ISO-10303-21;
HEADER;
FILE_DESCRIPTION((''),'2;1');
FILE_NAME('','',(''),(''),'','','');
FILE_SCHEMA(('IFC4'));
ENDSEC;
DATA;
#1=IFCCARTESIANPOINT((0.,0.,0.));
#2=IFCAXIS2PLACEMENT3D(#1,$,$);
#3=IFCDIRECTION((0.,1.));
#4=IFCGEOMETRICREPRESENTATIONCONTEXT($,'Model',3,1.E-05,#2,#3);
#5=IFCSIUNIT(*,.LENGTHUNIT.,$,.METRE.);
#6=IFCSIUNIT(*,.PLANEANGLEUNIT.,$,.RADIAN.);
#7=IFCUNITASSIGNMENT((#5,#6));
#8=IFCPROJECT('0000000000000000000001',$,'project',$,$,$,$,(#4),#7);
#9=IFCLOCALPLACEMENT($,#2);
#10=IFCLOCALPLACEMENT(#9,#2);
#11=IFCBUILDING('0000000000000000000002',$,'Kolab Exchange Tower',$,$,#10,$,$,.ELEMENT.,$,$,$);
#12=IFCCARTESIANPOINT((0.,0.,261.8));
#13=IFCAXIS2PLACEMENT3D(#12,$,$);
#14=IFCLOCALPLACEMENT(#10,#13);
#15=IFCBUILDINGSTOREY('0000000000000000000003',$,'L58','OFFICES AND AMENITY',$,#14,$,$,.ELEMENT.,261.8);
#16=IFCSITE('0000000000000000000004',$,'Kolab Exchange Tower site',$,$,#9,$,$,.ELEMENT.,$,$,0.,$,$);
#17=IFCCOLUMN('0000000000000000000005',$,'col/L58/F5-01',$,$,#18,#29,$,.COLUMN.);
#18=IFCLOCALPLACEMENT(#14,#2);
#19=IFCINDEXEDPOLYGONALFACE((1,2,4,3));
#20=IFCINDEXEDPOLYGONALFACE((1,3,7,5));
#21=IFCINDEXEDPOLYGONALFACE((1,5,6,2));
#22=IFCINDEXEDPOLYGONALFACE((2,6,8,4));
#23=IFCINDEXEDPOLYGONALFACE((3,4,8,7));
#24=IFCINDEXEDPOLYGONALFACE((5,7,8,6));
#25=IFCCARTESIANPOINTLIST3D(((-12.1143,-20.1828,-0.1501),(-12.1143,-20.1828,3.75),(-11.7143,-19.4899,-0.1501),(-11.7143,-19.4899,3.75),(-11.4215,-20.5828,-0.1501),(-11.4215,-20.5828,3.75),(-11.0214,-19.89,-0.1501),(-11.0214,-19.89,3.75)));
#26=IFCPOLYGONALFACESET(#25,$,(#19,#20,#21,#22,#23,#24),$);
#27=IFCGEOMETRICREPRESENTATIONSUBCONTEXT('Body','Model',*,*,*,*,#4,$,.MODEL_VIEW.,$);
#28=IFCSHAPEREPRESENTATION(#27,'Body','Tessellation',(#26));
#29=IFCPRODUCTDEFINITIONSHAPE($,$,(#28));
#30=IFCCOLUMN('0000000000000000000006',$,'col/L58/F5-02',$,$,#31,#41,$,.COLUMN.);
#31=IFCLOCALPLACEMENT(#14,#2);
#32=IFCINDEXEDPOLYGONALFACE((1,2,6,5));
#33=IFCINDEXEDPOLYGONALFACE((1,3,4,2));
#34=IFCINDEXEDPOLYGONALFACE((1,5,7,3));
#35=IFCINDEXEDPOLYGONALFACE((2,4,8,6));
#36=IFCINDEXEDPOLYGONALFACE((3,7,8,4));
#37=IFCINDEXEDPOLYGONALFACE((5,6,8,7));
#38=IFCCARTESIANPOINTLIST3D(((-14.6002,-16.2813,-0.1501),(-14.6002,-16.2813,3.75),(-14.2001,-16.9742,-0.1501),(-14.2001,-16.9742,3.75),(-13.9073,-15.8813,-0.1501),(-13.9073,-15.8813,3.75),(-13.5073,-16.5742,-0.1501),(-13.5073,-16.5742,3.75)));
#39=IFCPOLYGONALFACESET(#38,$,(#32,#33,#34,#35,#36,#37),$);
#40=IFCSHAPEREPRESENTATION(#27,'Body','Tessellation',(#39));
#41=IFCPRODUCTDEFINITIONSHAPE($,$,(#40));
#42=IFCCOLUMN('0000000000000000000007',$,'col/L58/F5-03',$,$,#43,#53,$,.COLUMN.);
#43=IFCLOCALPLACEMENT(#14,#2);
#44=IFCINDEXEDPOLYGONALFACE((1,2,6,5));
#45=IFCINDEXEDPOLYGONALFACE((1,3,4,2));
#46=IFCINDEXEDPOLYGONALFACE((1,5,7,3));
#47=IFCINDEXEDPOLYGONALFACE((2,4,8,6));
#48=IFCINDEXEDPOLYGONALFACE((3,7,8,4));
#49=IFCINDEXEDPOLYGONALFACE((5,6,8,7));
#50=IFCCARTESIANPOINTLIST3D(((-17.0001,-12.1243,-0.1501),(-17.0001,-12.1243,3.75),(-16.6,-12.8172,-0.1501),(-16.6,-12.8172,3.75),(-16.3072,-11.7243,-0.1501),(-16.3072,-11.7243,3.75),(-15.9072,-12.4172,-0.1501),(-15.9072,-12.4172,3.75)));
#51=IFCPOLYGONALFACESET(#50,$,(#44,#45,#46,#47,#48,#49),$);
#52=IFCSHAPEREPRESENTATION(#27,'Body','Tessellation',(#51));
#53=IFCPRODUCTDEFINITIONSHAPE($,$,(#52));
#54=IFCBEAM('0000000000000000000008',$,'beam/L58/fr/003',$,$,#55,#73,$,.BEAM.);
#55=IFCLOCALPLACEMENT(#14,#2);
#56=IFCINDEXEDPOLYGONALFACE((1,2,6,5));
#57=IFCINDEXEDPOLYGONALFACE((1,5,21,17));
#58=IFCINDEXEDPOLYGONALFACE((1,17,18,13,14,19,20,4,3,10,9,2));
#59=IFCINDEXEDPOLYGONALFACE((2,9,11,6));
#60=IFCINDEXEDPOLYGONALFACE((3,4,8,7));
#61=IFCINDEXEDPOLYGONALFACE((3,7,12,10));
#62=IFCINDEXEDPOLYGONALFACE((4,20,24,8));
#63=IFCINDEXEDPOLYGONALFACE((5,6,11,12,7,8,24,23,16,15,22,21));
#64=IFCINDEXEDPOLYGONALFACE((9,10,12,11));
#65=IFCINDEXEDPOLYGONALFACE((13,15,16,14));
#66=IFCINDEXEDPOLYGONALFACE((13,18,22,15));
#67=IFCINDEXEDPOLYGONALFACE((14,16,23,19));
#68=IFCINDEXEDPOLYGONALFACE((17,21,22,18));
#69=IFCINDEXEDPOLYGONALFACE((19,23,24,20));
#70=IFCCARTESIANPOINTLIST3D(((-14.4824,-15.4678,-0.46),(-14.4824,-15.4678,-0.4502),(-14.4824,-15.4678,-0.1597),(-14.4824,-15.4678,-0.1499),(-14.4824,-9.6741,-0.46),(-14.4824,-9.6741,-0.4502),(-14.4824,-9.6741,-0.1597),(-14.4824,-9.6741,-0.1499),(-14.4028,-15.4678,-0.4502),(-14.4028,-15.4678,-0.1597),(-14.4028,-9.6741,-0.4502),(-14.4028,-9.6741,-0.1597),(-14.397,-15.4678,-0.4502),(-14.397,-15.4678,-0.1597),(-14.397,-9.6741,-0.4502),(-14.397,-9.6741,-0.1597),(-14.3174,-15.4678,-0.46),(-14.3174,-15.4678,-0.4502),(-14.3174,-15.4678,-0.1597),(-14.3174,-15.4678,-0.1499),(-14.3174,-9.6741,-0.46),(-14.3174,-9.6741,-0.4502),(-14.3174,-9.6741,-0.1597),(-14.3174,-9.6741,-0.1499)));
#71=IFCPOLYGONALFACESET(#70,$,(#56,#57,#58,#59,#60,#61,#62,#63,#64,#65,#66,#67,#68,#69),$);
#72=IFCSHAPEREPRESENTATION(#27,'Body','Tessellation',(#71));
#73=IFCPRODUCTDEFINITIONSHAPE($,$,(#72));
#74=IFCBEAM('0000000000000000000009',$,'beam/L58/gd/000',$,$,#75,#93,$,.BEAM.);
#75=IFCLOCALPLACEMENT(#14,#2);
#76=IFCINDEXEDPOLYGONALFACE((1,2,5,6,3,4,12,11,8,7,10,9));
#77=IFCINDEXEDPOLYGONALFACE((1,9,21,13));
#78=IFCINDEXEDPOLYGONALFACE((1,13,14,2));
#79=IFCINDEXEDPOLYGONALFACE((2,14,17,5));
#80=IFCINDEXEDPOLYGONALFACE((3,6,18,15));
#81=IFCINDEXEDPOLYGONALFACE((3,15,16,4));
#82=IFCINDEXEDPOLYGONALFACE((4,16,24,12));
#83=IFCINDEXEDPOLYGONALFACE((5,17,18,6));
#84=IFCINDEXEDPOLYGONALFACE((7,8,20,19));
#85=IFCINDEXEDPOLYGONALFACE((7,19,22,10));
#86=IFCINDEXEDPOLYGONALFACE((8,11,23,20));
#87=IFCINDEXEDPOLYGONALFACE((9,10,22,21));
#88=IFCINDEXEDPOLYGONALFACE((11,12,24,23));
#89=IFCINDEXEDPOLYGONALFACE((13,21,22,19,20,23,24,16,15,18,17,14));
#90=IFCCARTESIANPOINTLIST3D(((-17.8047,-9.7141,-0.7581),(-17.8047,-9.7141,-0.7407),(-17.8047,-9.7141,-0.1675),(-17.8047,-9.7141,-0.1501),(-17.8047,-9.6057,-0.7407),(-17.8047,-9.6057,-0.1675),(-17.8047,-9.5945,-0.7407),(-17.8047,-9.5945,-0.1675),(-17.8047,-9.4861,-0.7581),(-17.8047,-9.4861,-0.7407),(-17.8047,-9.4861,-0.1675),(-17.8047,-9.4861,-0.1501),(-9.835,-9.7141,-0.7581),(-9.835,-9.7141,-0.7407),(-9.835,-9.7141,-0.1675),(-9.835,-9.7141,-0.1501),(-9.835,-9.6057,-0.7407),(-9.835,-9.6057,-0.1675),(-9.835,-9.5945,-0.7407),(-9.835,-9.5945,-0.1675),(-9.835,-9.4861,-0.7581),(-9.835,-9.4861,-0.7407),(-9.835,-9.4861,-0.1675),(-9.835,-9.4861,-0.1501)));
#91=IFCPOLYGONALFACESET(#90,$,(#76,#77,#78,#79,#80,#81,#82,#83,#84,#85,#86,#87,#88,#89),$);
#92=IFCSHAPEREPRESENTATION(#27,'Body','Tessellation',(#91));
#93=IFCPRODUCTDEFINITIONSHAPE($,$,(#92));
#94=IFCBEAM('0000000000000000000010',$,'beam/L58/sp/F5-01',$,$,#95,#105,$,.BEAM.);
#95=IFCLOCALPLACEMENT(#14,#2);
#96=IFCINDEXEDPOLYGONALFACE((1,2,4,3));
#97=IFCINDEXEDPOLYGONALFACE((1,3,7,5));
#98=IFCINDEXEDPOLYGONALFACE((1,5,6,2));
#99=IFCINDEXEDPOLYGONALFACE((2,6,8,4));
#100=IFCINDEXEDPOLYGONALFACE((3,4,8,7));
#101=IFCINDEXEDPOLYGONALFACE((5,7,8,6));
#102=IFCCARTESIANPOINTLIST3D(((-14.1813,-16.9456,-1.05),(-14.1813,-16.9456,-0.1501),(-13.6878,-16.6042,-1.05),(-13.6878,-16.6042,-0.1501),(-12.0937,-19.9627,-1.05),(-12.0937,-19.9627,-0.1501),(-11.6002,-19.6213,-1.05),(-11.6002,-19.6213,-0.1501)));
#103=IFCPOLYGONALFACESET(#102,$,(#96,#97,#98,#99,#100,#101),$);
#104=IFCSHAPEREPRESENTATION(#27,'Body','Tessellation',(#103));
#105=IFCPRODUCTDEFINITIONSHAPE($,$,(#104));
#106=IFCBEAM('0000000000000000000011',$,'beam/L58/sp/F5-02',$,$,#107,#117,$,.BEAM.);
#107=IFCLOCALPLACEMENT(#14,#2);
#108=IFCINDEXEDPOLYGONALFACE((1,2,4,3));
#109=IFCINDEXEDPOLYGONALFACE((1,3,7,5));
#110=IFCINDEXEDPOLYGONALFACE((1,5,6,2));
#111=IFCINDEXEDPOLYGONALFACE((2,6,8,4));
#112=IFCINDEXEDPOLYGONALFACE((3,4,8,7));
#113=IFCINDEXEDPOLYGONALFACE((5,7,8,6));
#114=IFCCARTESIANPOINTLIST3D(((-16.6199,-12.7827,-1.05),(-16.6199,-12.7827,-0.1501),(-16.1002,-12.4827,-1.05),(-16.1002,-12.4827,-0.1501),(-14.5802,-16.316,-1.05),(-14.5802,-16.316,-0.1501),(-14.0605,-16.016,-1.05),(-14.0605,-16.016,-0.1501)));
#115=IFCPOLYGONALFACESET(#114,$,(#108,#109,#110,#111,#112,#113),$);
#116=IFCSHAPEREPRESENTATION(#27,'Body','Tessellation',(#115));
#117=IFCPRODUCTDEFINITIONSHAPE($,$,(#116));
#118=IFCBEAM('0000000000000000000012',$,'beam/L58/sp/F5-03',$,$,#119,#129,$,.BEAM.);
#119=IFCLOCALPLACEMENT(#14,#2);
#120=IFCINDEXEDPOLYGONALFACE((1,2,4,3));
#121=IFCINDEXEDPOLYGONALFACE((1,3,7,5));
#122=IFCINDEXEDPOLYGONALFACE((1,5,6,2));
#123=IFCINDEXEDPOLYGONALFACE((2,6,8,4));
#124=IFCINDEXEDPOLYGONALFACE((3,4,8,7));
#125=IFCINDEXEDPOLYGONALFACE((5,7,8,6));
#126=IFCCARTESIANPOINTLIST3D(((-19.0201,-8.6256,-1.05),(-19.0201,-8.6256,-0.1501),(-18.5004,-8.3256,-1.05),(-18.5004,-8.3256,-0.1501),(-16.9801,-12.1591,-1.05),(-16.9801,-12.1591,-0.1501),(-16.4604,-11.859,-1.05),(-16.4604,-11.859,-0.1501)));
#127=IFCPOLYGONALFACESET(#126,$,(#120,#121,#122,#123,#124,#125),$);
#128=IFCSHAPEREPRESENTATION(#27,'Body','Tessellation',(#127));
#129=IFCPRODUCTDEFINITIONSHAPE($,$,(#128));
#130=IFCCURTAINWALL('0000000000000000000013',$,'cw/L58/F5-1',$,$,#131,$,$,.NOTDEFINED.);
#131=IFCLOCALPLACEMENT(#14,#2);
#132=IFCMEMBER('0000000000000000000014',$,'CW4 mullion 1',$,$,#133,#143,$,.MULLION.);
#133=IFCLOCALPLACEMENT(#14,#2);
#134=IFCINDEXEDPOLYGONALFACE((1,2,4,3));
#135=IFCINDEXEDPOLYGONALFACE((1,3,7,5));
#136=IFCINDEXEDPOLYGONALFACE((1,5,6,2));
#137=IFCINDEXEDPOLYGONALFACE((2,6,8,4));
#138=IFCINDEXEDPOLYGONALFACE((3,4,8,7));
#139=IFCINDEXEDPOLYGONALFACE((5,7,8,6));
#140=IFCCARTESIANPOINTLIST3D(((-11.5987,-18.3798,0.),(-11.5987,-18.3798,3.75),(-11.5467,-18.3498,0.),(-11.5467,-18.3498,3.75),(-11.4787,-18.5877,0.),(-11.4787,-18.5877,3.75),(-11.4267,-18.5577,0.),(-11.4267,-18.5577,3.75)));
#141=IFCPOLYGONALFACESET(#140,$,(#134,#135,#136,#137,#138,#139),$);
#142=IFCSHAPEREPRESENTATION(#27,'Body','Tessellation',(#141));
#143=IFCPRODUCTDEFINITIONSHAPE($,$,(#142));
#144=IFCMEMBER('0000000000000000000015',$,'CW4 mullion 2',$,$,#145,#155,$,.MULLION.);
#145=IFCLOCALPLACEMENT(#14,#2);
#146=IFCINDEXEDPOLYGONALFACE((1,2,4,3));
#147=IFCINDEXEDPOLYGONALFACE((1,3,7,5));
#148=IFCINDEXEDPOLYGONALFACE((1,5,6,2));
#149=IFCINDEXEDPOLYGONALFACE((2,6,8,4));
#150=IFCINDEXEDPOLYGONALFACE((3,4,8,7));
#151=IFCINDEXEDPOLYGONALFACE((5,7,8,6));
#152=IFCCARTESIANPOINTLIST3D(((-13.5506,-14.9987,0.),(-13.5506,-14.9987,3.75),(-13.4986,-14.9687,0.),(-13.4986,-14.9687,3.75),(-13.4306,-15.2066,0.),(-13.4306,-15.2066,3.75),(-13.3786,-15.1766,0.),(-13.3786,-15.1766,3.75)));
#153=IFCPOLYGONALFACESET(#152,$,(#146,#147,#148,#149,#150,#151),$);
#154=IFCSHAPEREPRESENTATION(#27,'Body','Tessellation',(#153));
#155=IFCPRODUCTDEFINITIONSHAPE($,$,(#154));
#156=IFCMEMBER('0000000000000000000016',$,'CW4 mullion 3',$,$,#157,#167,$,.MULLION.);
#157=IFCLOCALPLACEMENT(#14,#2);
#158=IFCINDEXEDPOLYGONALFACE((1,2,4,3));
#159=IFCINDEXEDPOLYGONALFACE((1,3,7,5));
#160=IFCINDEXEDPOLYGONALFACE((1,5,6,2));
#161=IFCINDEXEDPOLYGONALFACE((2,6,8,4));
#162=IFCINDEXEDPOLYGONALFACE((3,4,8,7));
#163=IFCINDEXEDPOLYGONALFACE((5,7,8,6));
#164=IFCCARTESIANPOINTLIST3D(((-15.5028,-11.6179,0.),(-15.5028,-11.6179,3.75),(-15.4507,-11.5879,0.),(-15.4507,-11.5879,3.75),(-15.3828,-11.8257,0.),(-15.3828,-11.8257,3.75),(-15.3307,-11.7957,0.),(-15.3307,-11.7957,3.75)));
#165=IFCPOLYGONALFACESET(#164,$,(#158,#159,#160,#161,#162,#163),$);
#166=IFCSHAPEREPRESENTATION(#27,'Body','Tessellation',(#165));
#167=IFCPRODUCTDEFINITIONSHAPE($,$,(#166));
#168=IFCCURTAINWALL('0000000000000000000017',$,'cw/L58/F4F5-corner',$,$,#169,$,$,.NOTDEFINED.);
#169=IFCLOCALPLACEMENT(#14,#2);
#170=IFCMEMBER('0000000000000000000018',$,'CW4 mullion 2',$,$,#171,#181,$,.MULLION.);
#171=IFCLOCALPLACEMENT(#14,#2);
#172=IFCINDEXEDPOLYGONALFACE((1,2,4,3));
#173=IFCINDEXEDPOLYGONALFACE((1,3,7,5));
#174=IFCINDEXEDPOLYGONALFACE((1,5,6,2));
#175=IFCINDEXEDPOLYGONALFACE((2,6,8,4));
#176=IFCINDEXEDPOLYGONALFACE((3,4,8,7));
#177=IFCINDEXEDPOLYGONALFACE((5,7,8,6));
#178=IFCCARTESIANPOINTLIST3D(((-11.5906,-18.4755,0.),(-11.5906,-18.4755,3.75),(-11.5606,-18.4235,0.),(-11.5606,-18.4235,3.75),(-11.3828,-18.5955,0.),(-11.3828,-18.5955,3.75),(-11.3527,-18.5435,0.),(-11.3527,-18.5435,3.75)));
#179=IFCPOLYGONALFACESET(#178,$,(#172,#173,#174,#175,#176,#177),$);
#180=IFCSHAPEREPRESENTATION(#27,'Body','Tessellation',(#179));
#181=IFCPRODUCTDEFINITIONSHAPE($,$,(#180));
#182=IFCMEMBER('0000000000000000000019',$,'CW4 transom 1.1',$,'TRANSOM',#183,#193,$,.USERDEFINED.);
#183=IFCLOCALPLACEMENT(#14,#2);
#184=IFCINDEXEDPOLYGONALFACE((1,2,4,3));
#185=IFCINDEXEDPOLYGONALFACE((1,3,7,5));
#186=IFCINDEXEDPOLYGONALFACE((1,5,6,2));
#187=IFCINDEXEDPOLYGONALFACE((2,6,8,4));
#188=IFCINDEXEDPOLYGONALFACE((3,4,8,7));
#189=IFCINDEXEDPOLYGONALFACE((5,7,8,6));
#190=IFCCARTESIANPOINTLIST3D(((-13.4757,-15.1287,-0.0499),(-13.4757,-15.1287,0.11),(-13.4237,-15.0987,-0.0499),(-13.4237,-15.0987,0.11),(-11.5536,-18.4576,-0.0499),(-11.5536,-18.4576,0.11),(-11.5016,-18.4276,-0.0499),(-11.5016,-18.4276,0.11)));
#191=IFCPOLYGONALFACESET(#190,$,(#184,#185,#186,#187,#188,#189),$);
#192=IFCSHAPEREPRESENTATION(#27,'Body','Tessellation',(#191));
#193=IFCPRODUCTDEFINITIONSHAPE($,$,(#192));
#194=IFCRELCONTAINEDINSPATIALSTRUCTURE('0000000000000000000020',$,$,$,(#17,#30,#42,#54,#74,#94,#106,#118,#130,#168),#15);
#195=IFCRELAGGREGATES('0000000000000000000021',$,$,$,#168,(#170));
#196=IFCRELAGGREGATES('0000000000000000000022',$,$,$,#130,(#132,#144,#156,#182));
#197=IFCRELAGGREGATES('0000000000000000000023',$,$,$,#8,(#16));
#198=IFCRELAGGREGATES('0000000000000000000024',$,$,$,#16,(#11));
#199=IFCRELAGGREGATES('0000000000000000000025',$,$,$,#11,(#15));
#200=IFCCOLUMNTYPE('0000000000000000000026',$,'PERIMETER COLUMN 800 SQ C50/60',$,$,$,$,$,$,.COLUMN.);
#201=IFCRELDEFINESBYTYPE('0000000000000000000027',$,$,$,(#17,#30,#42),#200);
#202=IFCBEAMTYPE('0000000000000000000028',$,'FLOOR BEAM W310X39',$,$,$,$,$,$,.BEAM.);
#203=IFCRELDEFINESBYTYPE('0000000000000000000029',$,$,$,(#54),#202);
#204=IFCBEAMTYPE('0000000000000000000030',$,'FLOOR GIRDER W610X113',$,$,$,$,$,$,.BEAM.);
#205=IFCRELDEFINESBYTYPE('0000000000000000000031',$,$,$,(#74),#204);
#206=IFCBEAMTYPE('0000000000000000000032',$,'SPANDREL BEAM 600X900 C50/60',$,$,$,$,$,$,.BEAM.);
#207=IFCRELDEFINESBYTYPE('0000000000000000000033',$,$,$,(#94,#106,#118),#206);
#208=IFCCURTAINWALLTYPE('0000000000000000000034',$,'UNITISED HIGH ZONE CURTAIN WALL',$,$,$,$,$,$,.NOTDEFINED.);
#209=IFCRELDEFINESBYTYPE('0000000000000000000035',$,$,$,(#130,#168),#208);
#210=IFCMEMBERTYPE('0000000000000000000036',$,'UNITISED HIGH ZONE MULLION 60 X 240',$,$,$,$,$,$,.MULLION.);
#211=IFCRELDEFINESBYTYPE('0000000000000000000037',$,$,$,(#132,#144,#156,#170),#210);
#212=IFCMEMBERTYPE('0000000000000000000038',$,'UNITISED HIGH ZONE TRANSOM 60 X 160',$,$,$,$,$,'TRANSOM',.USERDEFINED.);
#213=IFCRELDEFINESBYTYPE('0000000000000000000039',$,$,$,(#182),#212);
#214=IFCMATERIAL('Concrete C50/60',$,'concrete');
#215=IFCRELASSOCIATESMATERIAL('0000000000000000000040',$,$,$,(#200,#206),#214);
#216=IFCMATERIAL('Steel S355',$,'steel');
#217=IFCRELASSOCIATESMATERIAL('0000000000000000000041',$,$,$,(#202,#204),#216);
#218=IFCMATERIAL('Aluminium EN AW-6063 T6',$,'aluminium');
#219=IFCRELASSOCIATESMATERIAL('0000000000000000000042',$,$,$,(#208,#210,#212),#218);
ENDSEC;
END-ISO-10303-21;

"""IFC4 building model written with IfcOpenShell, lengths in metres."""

from ifc_helpers import new_model, si_unit, direction, frame, origin, origin_2d, place, context, subcontext, project, spatial, rectangle, i_section, extrude, material, material_profile, profile_set, type_object, element, aggregate, save


model = new_model("IFC4")

# Units and contexts
model_context = context("Model", 3, precision=1e-05, world=origin(), true_north=direction((0.0, 1.0)))
body_context = subcontext(model_context, "Body", "Model", "MODEL_VIEW")
ifc_project = project(units=[si_unit("LENGTHUNIT", "METRE"), si_unit("PLANEANGLEUNIT", "RADIAN")], contexts=[model_context])

# Site, building, storey
site_placement = place(None, origin())
site = spatial("IfcSite", under=ifc_project, at=site_placement, Name="Kolab Exchange Tower site", CompositionType="ELEMENT", RefElevation=0.0)
building_placement = place(site_placement, origin())
building = spatial("IfcBuilding", under=site, at=building_placement, Name="Kolab Exchange Tower", CompositionType="ELEMENT")
storey_placement = place(building_placement, frame((0.0, 0.0, 261.8)))
storey = spatial("IfcBuildingStorey", under=building, at=storey_placement, Name="L58", Description="OFFICES AND AMENITY", CompositionType="ELEMENT", Elevation=261.8)

# Columns
ifc_material_1 = material(Name="Concrete C50/60", Category="concrete")
ifc_material_profile_1 = material_profile(ifc_material_1, rectangle(XDim=0.8, YDim=0.8, at=origin_2d()), Name="RC800")
ifc_profile_set_1 = profile_set([ifc_material_profile_1], Name="Concrete C50/60")
column_type = type_object("IfcColumnType", Name="PERIMETER COLUMN 800 SQ C50/60", PredefinedType="COLUMN", material=ifc_profile_set_1)
for number, where, z_axis, x_axis, name in (
    (1, (-11.5679, -20.0364, -0.1501), (0.0, 0.0, 1.0), (0.5, 0.866025, 0.0), "col/L58/F5-01"),
    (2, (-14.0537, -16.4277, -0.1501), (0.0, 0.0, 1.0), (0.866025, 0.5, 0.0), "col/L58/F5-02"),
    (3, (-16.4536, -12.2708, -0.1501), (0.0, 0.0, 1.0), (0.866025, 0.5, 0.0), "col/L58/F5-03"),
):
    element("IfcColumn", number, at=place(storey_placement, frame(where, z_axis=z_axis, x_axis=x_axis)), inside=storey, type_object=column_type, Name=name, PredefinedType="COLUMN", context=body_context, shape_type="SweptSolid", body=[
        extrude(rectangle(XDim=0.8, YDim=0.8, at=origin_2d()), origin(), (0.0, 0.0, 1.0), 3.9001),
    ])

# Beams
ifc_material_2 = material(Name="Steel S355", Category="steel")
ifc_material_profile_2 = material_profile(ifc_material_2, i_section(OverallWidth=0.165, OverallDepth=0.3101, WebThickness=0.0059, FlangeThickness=0.0098, at=origin_2d()), Name="W310X39")
ifc_profile_set_2 = profile_set([ifc_material_profile_2], Name="Steel S355")
beam_type_1 = type_object("IfcBeamType", Name="FLOOR BEAM W310X39", PredefinedType="BEAM", material=ifc_profile_set_2)
beam_1_placement = place(storey_placement, frame((-14.3999, -15.4678, -0.3049), z_axis=(0.0, 1.0, 0.0), x_axis=(-1.0, 0.0, 0.0)))
element("IfcBeam", 4, at=beam_1_placement, inside=storey, type_object=beam_type_1, Name="beam/L58/fr/003", PredefinedType="BEAM", context=body_context, shape_type="SweptSolid", body=[
    extrude(i_section(OverallWidth=0.165, OverallDepth=0.3101, WebThickness=0.0059, FlangeThickness=0.0098, at=origin_2d()), origin(), (0.0, 0.0, 1.0), 5.7937),
])
ifc_material_profile_3 = material_profile(ifc_material_2, i_section(OverallWidth=0.228, OverallDepth=0.6079, WebThickness=0.0112, FlangeThickness=0.0173, at=origin_2d()), Name="W610X113")
ifc_profile_set_3 = profile_set([ifc_material_profile_3], Name="Steel S355")
beam_type_2 = type_object("IfcBeamType", Name="FLOOR GIRDER W610X113", PredefinedType="BEAM", material=ifc_profile_set_3)
beam_2_placement = place(storey_placement, frame((-17.8047, -9.6001, -0.4541), z_axis=(1.0, 0.0, 0.0), x_axis=(0.0, 1.0, 0.0)))
element("IfcBeam", 5, at=beam_2_placement, inside=storey, type_object=beam_type_2, Name="beam/L58/gd/000", PredefinedType="BEAM", context=body_context, shape_type="SweptSolid", body=[
    extrude(i_section(OverallWidth=0.228, OverallDepth=0.6079, WebThickness=0.0112, FlangeThickness=0.0173, at=origin_2d()), origin(), (0.0, 0.0, 1.0), 7.9697),
])
ifc_material_profile_4 = material_profile(ifc_material_1, rectangle(XDim=0.6001, YDim=0.8999, at=origin_2d()), Name="RC600X900")
ifc_profile_set_4 = profile_set([ifc_material_profile_4], Name="Concrete C50/60")
beam_type_3 = type_object("IfcBeamType", Name="SPANDREL BEAM 600X900 C50/60", PredefinedType="BEAM", material=ifc_profile_set_4)
beam_3_placement = place(storey_placement, frame((-11.8469, -19.792, -0.6001), z_axis=(-0.569006, 0.822334, 0.0), x_axis=(-0.822334, -0.569006, 0.0)))
element("IfcBeam", 6, at=beam_3_placement, inside=storey, type_object=beam_type_3, Name="beam/L58/sp/F5-01", PredefinedType="BEAM", context=body_context, shape_type="SweptSolid", body=[
    extrude(rectangle(XDim=0.6001, YDim=0.8999, at=origin_2d()), origin(), (0.0, 0.0, 1.0), 3.6689),
])
beam_4_placement = place(storey_placement, frame((-14.3203, -16.166, -0.6001), z_axis=(-0.499956, 0.866051, 0.0), x_axis=(-0.866051, -0.499956, 0.0)))
element("IfcBeam", 7, at=beam_4_placement, inside=storey, type_object=beam_type_3, Name="beam/L58/sp/F5-02", PredefinedType="BEAM", context=body_context, shape_type="SweptSolid", body=[
    extrude(rectangle(XDim=0.6001, YDim=0.8999, at=origin_2d()), origin(), (0.0, 0.0, 1.0), 4.0798),
])
beam_5_placement = place(storey_placement, frame((-16.7202, -12.009, -0.6001), z_axis=(-0.5, 0.866025, 0.0), x_axis=(-0.866025, -0.5, 0.0)))
element("IfcBeam", 8, at=beam_5_placement, inside=storey, type_object=beam_type_3, Name="beam/L58/sp/F5-03", PredefinedType="BEAM", context=body_context, shape_type="SweptSolid", body=[
    extrude(rectangle(XDim=0.6001, YDim=0.8999, at=origin_2d()), origin(), (0.0, 0.0, 1.0), 4.0801),
])

# Curtain wall, members
ifc_material_3 = material(Name="Aluminium EN AW-6063 T6", Category="aluminium")
curtain_wall_type = type_object("IfcCurtainWallType", Name="UNITISED HIGH ZONE CURTAIN WALL", PredefinedType="NOTDEFINED", material=ifc_material_3)
curtain_wall_1_placement = place(storey_placement, origin())
curtain_wall_1 = element("IfcCurtainWall", 9, at=curtain_wall_1_placement, inside=storey, type_object=curtain_wall_type, Name="cw/L58/F5-1", PredefinedType="NOTDEFINED")
ifc_material_profile_5 = material_profile(ifc_material_3, rectangle(XDim=0.0601, YDim=0.24, at=origin_2d()), Name="RECT 60X240")
ifc_profile_set_5 = profile_set([ifc_material_profile_5], Name="Aluminium EN AW-6063 T6")
member_type_1 = type_object("IfcMemberType", Name="UNITISED HIGH ZONE MULLION 60 X 240", PredefinedType="MULLION", material=ifc_profile_set_5)
member_1_placement = place(storey_placement, frame((-11.5127, -18.4688, 0.0), z_axis=(0.0, 0.0, 1.0), x_axis=(-0.866025, -0.5, 0.0)))
member_1 = element("IfcMember", 10, at=member_1_placement, type_object=member_type_1, Name="CW4 mullion 1", PredefinedType="MULLION", context=body_context, shape_type="SweptSolid", body=[
    extrude(rectangle(XDim=0.0601, YDim=0.24, at=origin_2d()), origin(), (0.0, 0.0, 1.0), 3.75),
])
member_2_placement = place(storey_placement, frame((-13.4646, -15.0876, 0.0), z_axis=(0.0, 0.0, 1.0), x_axis=(-0.866025, -0.5, 0.0)))
member_2 = element("IfcMember", 11, at=member_2_placement, type_object=member_type_1, Name="CW4 mullion 2", PredefinedType="MULLION", context=body_context, shape_type="SweptSolid", body=[
    extrude(rectangle(XDim=0.0601, YDim=0.24, at=origin_2d()), origin(), (0.0, 0.0, 1.0), 3.75),
])
member_3_placement = place(storey_placement, frame((-15.4167, -11.7068, 0.0), z_axis=(0.0, 0.0, 1.0), x_axis=(-0.866025, -0.5, 0.0)))
member_3 = element("IfcMember", 12, at=member_3_placement, type_object=member_type_1, Name="CW4 mullion 3", PredefinedType="MULLION", context=body_context, shape_type="SweptSolid", body=[
    extrude(rectangle(XDim=0.0601, YDim=0.24, at=origin_2d()), origin(), (0.0, 0.0, 1.0), 3.75),
])

# Curtain wall, member
curtain_wall_2_placement = place(storey_placement, origin())
curtain_wall_2 = element("IfcCurtainWall", 13, at=curtain_wall_2_placement, inside=storey, type_object=curtain_wall_type, Name="cw/L58/F4F5-corner", PredefinedType="NOTDEFINED")
member_4_placement = place(storey_placement, frame((-11.4717, -18.5095, 0.0), z_axis=(0.0, 0.0, 1.0), x_axis=(-0.5, -0.866025, 0.0)))
member_4 = element("IfcMember", 14, at=member_4_placement, type_object=member_type_1, Name="CW4 mullion 2", PredefinedType="MULLION", context=body_context, shape_type="SweptSolid", body=[
    extrude(rectangle(XDim=0.0601, YDim=0.24, at=origin_2d()), origin(), (0.0, 0.0, 1.0), 3.75),
])
aggregate(curtain_wall_2, [member_4])

# Member
ifc_material_profile_6 = material_profile(ifc_material_3, rectangle(XDim=0.0601, YDim=0.1599, at=origin_2d()), Name="RECT 60X160")
ifc_profile_set_6 = profile_set([ifc_material_profile_6], Name="Aluminium EN AW-6063 T6")
member_type_2 = type_object("IfcMemberType", Name="UNITISED HIGH ZONE TRANSOM 60 X 160", ElementType="TRANSOM", PredefinedType="USERDEFINED", material=ifc_profile_set_6)
member_5_placement = place(storey_placement, frame((-11.5276, -18.4426, 0.03), z_axis=(-0.500039, 0.866003, 0.0), x_axis=(-0.866003, -0.500039, 0.0)))
member_5 = element("IfcMember", 15, at=member_5_placement, type_object=member_type_2, Name="CW4 transom 1.1", ObjectType="TRANSOM", PredefinedType="USERDEFINED", context=body_context, shape_type="SweptSolid", body=[
    extrude(rectangle(XDim=0.0601, YDim=0.1599, at=origin_2d()), origin(), (0.0, 0.0, 1.0), 3.844),
])

aggregate(curtain_wall_1, [member_1, member_2, member_3, member_5])

save(model, "model.ifc")
